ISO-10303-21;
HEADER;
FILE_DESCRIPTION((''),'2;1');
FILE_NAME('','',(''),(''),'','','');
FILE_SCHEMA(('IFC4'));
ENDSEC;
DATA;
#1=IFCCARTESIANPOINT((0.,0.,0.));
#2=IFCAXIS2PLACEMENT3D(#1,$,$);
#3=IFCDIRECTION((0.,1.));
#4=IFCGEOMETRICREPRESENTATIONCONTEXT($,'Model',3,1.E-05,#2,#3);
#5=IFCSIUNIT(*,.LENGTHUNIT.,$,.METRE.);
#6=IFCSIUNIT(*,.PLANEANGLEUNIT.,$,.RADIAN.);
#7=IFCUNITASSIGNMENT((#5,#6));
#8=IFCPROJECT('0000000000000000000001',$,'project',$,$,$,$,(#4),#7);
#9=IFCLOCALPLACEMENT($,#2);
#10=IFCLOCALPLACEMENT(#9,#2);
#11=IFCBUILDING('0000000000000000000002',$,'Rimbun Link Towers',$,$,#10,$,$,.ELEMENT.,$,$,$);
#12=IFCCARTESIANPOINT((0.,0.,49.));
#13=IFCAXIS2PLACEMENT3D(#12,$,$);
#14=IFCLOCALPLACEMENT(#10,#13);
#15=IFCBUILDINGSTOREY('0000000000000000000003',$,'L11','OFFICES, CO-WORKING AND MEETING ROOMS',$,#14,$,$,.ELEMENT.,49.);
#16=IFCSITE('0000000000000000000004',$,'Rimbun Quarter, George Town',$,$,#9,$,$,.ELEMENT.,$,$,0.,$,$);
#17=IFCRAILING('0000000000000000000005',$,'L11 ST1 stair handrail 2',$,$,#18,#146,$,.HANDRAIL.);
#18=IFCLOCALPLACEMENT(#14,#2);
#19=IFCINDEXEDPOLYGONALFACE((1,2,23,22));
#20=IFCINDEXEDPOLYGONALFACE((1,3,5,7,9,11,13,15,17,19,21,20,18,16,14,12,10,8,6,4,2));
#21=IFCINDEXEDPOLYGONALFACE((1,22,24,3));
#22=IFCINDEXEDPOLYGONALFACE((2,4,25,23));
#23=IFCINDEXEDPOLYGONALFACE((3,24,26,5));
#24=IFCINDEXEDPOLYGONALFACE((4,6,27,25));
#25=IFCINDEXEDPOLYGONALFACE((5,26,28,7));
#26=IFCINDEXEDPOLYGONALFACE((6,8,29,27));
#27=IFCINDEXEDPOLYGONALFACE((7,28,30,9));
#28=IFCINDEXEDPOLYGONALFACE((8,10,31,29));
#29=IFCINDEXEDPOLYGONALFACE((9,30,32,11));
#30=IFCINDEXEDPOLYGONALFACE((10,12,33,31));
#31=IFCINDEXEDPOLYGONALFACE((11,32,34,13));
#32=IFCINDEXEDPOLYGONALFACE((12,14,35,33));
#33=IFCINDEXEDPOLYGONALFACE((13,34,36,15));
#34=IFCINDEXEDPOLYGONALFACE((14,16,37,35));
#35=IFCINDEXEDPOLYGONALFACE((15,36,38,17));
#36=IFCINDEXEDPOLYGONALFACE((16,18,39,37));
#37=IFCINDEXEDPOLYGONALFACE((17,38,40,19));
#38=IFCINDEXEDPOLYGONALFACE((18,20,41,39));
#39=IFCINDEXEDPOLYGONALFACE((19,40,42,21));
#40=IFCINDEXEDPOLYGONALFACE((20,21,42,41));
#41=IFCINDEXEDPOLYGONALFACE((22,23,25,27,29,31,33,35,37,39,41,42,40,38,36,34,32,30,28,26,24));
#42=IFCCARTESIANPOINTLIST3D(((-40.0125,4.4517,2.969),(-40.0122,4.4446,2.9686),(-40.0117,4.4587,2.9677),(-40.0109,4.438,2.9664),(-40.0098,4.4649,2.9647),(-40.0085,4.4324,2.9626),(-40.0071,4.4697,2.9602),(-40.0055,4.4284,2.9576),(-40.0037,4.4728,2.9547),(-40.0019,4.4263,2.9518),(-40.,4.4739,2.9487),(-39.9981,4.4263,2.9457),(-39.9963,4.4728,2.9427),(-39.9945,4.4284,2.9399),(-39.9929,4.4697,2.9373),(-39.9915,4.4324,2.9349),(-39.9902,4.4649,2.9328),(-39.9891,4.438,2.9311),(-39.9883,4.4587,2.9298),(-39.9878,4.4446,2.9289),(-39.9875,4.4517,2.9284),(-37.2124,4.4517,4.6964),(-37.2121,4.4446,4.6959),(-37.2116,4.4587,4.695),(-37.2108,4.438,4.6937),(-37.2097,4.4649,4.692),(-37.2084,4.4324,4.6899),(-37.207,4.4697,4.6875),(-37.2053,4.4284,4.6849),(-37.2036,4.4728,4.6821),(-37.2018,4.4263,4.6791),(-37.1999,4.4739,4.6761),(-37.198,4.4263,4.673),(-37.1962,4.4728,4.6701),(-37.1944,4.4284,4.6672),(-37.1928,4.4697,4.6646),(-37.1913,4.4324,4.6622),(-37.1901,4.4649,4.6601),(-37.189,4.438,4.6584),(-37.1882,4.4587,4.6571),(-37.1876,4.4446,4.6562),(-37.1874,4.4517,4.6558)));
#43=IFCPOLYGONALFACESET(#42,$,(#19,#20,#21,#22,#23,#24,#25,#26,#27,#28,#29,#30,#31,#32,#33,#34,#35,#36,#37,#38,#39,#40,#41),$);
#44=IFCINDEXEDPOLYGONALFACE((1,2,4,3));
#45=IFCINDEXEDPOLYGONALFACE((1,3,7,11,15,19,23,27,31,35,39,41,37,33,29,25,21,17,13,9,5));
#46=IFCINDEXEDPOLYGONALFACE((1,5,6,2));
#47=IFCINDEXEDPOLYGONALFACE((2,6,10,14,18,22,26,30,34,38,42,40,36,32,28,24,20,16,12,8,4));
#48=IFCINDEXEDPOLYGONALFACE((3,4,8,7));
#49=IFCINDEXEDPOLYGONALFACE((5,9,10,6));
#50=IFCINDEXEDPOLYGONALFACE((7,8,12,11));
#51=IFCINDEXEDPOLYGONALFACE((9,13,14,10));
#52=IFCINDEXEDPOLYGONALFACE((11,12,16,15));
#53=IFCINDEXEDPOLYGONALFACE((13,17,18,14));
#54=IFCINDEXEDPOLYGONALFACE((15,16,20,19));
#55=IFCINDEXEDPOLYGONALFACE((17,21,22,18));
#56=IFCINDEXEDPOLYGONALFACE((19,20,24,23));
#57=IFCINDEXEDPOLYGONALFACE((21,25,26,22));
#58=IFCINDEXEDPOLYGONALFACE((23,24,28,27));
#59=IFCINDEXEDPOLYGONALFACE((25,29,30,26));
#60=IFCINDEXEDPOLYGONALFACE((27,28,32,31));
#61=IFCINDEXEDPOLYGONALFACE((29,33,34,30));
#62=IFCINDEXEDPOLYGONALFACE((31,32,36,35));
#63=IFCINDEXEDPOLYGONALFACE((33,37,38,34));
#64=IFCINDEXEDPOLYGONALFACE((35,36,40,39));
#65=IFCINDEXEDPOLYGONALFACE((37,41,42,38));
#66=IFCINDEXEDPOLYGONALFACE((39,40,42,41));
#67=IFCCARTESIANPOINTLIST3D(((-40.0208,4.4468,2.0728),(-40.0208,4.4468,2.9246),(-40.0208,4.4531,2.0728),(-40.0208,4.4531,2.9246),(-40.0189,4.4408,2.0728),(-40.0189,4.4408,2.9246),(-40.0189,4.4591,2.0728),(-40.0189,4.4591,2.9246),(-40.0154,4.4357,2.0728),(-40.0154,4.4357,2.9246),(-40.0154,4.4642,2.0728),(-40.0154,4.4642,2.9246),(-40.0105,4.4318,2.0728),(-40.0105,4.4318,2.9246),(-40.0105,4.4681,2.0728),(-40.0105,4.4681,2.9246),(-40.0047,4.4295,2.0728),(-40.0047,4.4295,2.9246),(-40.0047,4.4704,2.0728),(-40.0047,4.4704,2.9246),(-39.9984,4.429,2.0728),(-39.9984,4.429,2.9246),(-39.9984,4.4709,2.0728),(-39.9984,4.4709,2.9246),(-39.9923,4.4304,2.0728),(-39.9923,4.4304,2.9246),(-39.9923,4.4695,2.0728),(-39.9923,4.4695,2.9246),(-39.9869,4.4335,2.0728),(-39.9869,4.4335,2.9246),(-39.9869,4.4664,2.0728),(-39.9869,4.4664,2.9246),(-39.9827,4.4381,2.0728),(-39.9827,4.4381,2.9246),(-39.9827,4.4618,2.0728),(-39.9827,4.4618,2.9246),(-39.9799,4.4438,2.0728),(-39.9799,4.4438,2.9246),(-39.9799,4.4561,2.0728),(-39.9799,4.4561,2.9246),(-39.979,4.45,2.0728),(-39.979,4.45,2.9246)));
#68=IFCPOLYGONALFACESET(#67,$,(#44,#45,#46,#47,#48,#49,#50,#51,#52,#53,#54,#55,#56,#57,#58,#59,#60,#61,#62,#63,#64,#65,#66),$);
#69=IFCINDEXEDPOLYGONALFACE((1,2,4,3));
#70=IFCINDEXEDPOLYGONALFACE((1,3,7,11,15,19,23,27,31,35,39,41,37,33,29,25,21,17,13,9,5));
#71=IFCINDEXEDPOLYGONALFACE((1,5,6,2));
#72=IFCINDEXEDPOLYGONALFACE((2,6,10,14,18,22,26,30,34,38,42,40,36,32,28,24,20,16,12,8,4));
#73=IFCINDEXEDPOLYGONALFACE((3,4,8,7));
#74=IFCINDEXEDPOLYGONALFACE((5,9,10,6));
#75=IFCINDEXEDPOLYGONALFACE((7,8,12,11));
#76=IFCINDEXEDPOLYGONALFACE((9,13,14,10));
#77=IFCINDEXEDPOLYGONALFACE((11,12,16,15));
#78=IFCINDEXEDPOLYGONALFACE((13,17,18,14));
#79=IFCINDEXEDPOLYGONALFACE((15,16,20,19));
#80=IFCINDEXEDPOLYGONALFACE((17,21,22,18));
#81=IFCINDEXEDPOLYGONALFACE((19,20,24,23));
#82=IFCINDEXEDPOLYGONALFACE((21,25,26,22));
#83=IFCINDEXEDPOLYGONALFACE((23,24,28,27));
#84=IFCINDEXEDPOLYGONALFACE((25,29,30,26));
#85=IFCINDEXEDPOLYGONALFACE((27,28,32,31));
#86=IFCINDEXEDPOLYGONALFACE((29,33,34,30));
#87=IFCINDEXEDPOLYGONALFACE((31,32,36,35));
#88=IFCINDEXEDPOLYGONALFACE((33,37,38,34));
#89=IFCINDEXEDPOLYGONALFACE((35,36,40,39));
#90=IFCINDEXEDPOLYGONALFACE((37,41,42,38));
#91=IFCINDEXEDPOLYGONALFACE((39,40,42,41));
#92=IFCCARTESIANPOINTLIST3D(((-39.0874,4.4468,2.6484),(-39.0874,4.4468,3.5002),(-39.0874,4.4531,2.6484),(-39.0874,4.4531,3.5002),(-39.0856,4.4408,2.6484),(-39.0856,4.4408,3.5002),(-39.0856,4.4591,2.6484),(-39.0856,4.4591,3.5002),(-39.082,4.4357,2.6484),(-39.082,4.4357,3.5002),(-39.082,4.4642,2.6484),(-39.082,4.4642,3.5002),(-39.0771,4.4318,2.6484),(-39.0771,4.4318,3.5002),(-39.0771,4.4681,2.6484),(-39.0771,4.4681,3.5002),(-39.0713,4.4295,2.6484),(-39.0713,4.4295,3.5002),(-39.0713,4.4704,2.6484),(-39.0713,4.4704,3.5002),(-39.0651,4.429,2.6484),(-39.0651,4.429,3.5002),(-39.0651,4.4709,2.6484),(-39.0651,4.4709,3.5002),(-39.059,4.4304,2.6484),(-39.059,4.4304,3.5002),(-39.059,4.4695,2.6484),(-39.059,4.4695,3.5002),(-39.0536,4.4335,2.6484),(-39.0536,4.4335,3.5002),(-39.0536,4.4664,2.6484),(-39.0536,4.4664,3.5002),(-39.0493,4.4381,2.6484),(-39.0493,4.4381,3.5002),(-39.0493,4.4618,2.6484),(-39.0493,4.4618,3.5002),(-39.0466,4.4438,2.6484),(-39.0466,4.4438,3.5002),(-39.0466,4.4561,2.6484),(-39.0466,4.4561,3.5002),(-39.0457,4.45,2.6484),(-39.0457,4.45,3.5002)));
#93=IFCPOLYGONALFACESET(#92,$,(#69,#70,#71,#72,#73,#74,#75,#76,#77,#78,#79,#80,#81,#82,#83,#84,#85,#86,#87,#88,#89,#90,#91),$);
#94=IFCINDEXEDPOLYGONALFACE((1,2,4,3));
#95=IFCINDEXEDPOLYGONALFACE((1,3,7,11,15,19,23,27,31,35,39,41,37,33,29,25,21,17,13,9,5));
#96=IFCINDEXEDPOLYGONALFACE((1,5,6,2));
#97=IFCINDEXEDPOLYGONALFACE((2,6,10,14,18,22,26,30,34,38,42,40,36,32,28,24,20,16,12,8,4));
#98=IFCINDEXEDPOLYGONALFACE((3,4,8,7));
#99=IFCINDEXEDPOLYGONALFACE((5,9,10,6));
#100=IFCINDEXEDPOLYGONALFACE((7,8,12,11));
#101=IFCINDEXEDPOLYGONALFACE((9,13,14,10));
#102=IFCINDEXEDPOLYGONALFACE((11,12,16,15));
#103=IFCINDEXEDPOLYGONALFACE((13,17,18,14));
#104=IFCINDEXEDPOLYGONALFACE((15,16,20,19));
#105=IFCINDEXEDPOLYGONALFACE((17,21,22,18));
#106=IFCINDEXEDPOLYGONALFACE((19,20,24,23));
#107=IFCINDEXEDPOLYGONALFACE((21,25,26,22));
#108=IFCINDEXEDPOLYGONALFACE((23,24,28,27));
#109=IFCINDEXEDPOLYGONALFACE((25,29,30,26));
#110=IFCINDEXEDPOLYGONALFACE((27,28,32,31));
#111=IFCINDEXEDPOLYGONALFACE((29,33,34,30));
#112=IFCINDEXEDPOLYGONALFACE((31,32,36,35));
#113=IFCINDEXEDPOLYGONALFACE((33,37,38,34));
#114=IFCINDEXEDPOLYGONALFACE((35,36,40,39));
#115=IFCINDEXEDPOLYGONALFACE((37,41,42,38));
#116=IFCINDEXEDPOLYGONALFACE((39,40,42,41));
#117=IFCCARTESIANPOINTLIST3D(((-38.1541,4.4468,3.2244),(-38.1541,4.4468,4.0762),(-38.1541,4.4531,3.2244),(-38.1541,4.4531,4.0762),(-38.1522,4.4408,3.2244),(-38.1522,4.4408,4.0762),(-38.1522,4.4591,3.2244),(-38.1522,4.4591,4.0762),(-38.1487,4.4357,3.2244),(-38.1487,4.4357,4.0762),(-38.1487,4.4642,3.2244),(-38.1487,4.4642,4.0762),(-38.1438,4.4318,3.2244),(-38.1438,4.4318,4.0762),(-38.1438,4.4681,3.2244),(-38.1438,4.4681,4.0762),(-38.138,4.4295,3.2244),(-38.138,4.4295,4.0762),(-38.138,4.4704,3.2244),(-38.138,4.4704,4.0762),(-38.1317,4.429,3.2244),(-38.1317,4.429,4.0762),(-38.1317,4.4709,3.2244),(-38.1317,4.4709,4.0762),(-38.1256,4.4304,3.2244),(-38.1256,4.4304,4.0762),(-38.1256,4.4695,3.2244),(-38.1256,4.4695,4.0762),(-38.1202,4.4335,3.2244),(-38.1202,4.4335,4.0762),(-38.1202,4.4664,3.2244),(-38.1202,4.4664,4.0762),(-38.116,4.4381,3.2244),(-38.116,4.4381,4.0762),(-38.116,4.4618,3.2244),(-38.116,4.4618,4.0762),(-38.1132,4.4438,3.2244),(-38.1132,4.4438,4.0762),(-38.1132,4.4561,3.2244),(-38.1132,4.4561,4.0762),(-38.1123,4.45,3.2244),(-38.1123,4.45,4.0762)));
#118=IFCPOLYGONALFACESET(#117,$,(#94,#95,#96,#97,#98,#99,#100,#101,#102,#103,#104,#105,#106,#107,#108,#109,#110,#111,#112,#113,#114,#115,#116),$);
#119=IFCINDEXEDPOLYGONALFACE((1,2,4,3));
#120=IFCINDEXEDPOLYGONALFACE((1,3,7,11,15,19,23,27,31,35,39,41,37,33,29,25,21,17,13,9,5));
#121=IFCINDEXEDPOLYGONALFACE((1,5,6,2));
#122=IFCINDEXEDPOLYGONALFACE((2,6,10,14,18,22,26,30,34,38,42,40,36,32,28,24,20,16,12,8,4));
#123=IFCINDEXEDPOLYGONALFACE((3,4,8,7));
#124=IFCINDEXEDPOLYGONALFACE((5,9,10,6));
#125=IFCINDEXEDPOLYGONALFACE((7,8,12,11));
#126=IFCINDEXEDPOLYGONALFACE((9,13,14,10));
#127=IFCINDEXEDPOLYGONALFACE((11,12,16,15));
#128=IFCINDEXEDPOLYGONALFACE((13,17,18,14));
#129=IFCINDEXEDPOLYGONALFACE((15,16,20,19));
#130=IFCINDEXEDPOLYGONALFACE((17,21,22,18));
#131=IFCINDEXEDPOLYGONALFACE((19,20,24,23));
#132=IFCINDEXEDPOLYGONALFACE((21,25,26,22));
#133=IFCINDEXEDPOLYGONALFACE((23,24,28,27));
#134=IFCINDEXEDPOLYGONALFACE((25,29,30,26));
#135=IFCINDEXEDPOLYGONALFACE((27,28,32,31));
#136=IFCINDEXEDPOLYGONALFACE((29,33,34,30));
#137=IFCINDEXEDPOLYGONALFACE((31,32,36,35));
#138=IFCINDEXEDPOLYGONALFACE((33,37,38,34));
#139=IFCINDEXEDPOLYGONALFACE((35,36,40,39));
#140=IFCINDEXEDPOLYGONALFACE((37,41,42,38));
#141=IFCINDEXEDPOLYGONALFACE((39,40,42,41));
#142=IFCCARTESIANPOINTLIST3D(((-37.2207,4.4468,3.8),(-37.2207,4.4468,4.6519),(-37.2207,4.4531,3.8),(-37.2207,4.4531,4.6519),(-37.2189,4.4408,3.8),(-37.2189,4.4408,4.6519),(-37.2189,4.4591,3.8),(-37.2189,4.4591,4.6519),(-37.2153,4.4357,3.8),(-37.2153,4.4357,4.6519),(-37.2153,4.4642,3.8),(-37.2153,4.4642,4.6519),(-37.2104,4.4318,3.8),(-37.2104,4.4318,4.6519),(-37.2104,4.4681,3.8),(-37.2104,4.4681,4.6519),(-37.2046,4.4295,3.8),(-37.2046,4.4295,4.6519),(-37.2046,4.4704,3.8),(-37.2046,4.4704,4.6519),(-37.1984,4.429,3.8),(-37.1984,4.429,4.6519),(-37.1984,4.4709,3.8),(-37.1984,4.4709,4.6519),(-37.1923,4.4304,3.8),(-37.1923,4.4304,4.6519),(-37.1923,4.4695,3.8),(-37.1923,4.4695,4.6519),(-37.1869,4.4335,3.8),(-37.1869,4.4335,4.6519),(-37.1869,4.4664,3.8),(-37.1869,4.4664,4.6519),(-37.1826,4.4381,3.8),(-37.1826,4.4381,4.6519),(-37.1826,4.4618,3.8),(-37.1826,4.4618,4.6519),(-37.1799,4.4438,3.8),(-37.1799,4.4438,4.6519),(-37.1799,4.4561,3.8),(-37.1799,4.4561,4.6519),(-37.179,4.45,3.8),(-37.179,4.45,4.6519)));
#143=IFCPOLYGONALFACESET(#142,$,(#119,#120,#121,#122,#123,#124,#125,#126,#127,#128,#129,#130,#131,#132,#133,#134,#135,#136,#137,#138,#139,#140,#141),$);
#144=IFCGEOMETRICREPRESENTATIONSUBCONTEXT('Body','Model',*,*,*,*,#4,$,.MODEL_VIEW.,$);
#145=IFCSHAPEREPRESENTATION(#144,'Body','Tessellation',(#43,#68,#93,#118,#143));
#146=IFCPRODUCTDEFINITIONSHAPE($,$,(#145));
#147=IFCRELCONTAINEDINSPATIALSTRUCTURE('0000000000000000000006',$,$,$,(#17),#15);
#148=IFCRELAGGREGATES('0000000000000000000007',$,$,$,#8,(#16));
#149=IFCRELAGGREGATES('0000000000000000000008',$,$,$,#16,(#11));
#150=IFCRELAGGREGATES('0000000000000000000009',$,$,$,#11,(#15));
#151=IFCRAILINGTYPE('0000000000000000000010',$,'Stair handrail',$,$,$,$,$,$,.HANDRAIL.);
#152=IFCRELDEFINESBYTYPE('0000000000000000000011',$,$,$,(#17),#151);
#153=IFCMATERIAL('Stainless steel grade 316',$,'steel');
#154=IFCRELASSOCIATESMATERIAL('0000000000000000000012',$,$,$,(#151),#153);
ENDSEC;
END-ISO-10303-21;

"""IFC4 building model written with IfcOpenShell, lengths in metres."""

from ifc_helpers import new_model, si_unit, direction, frame, origin, origin_2d, place, context, subcontext, project, spatial, circle, extrude, material, type_object, element, save


model = new_model("IFC4")

# Units and contexts
model_context = context("Model", 3, precision=1e-05, world=origin(), true_north=direction((0.0, 1.0)))
body_context = subcontext(model_context, "Body", "Model", "MODEL_VIEW")
ifc_project = project(units=[si_unit("LENGTHUNIT", "METRE"), si_unit("PLANEANGLEUNIT", "RADIAN")], contexts=[model_context])

# Site, building, storey
site_placement = place(None, origin())
site = spatial("IfcSite", under=ifc_project, at=site_placement, Name="Rimbun Quarter, George Town", CompositionType="ELEMENT", RefElevation=0.0)
building_placement = place(site_placement, origin())
building = spatial("IfcBuilding", under=site, at=building_placement, Name="Rimbun Link Towers", CompositionType="ELEMENT")
storey_placement = place(building_placement, frame((0.0, 0.0, 49.0)))
storey = spatial("IfcBuildingStorey", under=building, at=storey_placement, Name="L11", Description="OFFICES, CO-WORKING AND MEETING ROOMS", CompositionType="ELEMENT", Elevation=49.0)

# Railing
ifc_material_1 = material(Name="Stainless steel grade 316", Category="steel")
railing_type_1 = type_object("IfcRailingType", Name="Stair handrail", PredefinedType="HANDRAIL", material=ifc_material_1)
railing_1_placement = place(storey_placement, frame((-40.0, 4.45, 2.0728)))
element("IfcRailing", 1, at=railing_1_placement, inside=storey, type_object=railing_type_1, Name="L11 ST1 stair handrail 2", PredefinedType="HANDRAIL", context=body_context, shape_type="SweptSolid", body=[
    extrude(circle(Radius=0.0239, at=origin_2d()), frame((0.0, 0.0, 0.876), z_axis=(0.85109, 0.0, 0.52502), x_axis=(0.0, 1.0, 0.0)), (0.0, 0.0, 1.0), 3.29),
    extrude(circle(Radius=0.021, at=origin_2d()), origin(), (0.0, 0.0, 1.0), 0.8518),
    extrude(circle(Radius=0.021, at=origin_2d()), frame((0.9333, 0.0, 0.5757)), (0.0, 0.0, 1.0), 0.8518),
    extrude(circle(Radius=0.021, at=origin_2d()), frame((1.8667, 0.0, 1.1516)), (0.0, 0.0, 1.0), 0.8518),
    extrude(circle(Radius=0.021, at=origin_2d()), frame((2.8, 0.0, 1.7273)), (0.0, 0.0, 1.0), 0.8518),
])

save(model, "model.ifc")
